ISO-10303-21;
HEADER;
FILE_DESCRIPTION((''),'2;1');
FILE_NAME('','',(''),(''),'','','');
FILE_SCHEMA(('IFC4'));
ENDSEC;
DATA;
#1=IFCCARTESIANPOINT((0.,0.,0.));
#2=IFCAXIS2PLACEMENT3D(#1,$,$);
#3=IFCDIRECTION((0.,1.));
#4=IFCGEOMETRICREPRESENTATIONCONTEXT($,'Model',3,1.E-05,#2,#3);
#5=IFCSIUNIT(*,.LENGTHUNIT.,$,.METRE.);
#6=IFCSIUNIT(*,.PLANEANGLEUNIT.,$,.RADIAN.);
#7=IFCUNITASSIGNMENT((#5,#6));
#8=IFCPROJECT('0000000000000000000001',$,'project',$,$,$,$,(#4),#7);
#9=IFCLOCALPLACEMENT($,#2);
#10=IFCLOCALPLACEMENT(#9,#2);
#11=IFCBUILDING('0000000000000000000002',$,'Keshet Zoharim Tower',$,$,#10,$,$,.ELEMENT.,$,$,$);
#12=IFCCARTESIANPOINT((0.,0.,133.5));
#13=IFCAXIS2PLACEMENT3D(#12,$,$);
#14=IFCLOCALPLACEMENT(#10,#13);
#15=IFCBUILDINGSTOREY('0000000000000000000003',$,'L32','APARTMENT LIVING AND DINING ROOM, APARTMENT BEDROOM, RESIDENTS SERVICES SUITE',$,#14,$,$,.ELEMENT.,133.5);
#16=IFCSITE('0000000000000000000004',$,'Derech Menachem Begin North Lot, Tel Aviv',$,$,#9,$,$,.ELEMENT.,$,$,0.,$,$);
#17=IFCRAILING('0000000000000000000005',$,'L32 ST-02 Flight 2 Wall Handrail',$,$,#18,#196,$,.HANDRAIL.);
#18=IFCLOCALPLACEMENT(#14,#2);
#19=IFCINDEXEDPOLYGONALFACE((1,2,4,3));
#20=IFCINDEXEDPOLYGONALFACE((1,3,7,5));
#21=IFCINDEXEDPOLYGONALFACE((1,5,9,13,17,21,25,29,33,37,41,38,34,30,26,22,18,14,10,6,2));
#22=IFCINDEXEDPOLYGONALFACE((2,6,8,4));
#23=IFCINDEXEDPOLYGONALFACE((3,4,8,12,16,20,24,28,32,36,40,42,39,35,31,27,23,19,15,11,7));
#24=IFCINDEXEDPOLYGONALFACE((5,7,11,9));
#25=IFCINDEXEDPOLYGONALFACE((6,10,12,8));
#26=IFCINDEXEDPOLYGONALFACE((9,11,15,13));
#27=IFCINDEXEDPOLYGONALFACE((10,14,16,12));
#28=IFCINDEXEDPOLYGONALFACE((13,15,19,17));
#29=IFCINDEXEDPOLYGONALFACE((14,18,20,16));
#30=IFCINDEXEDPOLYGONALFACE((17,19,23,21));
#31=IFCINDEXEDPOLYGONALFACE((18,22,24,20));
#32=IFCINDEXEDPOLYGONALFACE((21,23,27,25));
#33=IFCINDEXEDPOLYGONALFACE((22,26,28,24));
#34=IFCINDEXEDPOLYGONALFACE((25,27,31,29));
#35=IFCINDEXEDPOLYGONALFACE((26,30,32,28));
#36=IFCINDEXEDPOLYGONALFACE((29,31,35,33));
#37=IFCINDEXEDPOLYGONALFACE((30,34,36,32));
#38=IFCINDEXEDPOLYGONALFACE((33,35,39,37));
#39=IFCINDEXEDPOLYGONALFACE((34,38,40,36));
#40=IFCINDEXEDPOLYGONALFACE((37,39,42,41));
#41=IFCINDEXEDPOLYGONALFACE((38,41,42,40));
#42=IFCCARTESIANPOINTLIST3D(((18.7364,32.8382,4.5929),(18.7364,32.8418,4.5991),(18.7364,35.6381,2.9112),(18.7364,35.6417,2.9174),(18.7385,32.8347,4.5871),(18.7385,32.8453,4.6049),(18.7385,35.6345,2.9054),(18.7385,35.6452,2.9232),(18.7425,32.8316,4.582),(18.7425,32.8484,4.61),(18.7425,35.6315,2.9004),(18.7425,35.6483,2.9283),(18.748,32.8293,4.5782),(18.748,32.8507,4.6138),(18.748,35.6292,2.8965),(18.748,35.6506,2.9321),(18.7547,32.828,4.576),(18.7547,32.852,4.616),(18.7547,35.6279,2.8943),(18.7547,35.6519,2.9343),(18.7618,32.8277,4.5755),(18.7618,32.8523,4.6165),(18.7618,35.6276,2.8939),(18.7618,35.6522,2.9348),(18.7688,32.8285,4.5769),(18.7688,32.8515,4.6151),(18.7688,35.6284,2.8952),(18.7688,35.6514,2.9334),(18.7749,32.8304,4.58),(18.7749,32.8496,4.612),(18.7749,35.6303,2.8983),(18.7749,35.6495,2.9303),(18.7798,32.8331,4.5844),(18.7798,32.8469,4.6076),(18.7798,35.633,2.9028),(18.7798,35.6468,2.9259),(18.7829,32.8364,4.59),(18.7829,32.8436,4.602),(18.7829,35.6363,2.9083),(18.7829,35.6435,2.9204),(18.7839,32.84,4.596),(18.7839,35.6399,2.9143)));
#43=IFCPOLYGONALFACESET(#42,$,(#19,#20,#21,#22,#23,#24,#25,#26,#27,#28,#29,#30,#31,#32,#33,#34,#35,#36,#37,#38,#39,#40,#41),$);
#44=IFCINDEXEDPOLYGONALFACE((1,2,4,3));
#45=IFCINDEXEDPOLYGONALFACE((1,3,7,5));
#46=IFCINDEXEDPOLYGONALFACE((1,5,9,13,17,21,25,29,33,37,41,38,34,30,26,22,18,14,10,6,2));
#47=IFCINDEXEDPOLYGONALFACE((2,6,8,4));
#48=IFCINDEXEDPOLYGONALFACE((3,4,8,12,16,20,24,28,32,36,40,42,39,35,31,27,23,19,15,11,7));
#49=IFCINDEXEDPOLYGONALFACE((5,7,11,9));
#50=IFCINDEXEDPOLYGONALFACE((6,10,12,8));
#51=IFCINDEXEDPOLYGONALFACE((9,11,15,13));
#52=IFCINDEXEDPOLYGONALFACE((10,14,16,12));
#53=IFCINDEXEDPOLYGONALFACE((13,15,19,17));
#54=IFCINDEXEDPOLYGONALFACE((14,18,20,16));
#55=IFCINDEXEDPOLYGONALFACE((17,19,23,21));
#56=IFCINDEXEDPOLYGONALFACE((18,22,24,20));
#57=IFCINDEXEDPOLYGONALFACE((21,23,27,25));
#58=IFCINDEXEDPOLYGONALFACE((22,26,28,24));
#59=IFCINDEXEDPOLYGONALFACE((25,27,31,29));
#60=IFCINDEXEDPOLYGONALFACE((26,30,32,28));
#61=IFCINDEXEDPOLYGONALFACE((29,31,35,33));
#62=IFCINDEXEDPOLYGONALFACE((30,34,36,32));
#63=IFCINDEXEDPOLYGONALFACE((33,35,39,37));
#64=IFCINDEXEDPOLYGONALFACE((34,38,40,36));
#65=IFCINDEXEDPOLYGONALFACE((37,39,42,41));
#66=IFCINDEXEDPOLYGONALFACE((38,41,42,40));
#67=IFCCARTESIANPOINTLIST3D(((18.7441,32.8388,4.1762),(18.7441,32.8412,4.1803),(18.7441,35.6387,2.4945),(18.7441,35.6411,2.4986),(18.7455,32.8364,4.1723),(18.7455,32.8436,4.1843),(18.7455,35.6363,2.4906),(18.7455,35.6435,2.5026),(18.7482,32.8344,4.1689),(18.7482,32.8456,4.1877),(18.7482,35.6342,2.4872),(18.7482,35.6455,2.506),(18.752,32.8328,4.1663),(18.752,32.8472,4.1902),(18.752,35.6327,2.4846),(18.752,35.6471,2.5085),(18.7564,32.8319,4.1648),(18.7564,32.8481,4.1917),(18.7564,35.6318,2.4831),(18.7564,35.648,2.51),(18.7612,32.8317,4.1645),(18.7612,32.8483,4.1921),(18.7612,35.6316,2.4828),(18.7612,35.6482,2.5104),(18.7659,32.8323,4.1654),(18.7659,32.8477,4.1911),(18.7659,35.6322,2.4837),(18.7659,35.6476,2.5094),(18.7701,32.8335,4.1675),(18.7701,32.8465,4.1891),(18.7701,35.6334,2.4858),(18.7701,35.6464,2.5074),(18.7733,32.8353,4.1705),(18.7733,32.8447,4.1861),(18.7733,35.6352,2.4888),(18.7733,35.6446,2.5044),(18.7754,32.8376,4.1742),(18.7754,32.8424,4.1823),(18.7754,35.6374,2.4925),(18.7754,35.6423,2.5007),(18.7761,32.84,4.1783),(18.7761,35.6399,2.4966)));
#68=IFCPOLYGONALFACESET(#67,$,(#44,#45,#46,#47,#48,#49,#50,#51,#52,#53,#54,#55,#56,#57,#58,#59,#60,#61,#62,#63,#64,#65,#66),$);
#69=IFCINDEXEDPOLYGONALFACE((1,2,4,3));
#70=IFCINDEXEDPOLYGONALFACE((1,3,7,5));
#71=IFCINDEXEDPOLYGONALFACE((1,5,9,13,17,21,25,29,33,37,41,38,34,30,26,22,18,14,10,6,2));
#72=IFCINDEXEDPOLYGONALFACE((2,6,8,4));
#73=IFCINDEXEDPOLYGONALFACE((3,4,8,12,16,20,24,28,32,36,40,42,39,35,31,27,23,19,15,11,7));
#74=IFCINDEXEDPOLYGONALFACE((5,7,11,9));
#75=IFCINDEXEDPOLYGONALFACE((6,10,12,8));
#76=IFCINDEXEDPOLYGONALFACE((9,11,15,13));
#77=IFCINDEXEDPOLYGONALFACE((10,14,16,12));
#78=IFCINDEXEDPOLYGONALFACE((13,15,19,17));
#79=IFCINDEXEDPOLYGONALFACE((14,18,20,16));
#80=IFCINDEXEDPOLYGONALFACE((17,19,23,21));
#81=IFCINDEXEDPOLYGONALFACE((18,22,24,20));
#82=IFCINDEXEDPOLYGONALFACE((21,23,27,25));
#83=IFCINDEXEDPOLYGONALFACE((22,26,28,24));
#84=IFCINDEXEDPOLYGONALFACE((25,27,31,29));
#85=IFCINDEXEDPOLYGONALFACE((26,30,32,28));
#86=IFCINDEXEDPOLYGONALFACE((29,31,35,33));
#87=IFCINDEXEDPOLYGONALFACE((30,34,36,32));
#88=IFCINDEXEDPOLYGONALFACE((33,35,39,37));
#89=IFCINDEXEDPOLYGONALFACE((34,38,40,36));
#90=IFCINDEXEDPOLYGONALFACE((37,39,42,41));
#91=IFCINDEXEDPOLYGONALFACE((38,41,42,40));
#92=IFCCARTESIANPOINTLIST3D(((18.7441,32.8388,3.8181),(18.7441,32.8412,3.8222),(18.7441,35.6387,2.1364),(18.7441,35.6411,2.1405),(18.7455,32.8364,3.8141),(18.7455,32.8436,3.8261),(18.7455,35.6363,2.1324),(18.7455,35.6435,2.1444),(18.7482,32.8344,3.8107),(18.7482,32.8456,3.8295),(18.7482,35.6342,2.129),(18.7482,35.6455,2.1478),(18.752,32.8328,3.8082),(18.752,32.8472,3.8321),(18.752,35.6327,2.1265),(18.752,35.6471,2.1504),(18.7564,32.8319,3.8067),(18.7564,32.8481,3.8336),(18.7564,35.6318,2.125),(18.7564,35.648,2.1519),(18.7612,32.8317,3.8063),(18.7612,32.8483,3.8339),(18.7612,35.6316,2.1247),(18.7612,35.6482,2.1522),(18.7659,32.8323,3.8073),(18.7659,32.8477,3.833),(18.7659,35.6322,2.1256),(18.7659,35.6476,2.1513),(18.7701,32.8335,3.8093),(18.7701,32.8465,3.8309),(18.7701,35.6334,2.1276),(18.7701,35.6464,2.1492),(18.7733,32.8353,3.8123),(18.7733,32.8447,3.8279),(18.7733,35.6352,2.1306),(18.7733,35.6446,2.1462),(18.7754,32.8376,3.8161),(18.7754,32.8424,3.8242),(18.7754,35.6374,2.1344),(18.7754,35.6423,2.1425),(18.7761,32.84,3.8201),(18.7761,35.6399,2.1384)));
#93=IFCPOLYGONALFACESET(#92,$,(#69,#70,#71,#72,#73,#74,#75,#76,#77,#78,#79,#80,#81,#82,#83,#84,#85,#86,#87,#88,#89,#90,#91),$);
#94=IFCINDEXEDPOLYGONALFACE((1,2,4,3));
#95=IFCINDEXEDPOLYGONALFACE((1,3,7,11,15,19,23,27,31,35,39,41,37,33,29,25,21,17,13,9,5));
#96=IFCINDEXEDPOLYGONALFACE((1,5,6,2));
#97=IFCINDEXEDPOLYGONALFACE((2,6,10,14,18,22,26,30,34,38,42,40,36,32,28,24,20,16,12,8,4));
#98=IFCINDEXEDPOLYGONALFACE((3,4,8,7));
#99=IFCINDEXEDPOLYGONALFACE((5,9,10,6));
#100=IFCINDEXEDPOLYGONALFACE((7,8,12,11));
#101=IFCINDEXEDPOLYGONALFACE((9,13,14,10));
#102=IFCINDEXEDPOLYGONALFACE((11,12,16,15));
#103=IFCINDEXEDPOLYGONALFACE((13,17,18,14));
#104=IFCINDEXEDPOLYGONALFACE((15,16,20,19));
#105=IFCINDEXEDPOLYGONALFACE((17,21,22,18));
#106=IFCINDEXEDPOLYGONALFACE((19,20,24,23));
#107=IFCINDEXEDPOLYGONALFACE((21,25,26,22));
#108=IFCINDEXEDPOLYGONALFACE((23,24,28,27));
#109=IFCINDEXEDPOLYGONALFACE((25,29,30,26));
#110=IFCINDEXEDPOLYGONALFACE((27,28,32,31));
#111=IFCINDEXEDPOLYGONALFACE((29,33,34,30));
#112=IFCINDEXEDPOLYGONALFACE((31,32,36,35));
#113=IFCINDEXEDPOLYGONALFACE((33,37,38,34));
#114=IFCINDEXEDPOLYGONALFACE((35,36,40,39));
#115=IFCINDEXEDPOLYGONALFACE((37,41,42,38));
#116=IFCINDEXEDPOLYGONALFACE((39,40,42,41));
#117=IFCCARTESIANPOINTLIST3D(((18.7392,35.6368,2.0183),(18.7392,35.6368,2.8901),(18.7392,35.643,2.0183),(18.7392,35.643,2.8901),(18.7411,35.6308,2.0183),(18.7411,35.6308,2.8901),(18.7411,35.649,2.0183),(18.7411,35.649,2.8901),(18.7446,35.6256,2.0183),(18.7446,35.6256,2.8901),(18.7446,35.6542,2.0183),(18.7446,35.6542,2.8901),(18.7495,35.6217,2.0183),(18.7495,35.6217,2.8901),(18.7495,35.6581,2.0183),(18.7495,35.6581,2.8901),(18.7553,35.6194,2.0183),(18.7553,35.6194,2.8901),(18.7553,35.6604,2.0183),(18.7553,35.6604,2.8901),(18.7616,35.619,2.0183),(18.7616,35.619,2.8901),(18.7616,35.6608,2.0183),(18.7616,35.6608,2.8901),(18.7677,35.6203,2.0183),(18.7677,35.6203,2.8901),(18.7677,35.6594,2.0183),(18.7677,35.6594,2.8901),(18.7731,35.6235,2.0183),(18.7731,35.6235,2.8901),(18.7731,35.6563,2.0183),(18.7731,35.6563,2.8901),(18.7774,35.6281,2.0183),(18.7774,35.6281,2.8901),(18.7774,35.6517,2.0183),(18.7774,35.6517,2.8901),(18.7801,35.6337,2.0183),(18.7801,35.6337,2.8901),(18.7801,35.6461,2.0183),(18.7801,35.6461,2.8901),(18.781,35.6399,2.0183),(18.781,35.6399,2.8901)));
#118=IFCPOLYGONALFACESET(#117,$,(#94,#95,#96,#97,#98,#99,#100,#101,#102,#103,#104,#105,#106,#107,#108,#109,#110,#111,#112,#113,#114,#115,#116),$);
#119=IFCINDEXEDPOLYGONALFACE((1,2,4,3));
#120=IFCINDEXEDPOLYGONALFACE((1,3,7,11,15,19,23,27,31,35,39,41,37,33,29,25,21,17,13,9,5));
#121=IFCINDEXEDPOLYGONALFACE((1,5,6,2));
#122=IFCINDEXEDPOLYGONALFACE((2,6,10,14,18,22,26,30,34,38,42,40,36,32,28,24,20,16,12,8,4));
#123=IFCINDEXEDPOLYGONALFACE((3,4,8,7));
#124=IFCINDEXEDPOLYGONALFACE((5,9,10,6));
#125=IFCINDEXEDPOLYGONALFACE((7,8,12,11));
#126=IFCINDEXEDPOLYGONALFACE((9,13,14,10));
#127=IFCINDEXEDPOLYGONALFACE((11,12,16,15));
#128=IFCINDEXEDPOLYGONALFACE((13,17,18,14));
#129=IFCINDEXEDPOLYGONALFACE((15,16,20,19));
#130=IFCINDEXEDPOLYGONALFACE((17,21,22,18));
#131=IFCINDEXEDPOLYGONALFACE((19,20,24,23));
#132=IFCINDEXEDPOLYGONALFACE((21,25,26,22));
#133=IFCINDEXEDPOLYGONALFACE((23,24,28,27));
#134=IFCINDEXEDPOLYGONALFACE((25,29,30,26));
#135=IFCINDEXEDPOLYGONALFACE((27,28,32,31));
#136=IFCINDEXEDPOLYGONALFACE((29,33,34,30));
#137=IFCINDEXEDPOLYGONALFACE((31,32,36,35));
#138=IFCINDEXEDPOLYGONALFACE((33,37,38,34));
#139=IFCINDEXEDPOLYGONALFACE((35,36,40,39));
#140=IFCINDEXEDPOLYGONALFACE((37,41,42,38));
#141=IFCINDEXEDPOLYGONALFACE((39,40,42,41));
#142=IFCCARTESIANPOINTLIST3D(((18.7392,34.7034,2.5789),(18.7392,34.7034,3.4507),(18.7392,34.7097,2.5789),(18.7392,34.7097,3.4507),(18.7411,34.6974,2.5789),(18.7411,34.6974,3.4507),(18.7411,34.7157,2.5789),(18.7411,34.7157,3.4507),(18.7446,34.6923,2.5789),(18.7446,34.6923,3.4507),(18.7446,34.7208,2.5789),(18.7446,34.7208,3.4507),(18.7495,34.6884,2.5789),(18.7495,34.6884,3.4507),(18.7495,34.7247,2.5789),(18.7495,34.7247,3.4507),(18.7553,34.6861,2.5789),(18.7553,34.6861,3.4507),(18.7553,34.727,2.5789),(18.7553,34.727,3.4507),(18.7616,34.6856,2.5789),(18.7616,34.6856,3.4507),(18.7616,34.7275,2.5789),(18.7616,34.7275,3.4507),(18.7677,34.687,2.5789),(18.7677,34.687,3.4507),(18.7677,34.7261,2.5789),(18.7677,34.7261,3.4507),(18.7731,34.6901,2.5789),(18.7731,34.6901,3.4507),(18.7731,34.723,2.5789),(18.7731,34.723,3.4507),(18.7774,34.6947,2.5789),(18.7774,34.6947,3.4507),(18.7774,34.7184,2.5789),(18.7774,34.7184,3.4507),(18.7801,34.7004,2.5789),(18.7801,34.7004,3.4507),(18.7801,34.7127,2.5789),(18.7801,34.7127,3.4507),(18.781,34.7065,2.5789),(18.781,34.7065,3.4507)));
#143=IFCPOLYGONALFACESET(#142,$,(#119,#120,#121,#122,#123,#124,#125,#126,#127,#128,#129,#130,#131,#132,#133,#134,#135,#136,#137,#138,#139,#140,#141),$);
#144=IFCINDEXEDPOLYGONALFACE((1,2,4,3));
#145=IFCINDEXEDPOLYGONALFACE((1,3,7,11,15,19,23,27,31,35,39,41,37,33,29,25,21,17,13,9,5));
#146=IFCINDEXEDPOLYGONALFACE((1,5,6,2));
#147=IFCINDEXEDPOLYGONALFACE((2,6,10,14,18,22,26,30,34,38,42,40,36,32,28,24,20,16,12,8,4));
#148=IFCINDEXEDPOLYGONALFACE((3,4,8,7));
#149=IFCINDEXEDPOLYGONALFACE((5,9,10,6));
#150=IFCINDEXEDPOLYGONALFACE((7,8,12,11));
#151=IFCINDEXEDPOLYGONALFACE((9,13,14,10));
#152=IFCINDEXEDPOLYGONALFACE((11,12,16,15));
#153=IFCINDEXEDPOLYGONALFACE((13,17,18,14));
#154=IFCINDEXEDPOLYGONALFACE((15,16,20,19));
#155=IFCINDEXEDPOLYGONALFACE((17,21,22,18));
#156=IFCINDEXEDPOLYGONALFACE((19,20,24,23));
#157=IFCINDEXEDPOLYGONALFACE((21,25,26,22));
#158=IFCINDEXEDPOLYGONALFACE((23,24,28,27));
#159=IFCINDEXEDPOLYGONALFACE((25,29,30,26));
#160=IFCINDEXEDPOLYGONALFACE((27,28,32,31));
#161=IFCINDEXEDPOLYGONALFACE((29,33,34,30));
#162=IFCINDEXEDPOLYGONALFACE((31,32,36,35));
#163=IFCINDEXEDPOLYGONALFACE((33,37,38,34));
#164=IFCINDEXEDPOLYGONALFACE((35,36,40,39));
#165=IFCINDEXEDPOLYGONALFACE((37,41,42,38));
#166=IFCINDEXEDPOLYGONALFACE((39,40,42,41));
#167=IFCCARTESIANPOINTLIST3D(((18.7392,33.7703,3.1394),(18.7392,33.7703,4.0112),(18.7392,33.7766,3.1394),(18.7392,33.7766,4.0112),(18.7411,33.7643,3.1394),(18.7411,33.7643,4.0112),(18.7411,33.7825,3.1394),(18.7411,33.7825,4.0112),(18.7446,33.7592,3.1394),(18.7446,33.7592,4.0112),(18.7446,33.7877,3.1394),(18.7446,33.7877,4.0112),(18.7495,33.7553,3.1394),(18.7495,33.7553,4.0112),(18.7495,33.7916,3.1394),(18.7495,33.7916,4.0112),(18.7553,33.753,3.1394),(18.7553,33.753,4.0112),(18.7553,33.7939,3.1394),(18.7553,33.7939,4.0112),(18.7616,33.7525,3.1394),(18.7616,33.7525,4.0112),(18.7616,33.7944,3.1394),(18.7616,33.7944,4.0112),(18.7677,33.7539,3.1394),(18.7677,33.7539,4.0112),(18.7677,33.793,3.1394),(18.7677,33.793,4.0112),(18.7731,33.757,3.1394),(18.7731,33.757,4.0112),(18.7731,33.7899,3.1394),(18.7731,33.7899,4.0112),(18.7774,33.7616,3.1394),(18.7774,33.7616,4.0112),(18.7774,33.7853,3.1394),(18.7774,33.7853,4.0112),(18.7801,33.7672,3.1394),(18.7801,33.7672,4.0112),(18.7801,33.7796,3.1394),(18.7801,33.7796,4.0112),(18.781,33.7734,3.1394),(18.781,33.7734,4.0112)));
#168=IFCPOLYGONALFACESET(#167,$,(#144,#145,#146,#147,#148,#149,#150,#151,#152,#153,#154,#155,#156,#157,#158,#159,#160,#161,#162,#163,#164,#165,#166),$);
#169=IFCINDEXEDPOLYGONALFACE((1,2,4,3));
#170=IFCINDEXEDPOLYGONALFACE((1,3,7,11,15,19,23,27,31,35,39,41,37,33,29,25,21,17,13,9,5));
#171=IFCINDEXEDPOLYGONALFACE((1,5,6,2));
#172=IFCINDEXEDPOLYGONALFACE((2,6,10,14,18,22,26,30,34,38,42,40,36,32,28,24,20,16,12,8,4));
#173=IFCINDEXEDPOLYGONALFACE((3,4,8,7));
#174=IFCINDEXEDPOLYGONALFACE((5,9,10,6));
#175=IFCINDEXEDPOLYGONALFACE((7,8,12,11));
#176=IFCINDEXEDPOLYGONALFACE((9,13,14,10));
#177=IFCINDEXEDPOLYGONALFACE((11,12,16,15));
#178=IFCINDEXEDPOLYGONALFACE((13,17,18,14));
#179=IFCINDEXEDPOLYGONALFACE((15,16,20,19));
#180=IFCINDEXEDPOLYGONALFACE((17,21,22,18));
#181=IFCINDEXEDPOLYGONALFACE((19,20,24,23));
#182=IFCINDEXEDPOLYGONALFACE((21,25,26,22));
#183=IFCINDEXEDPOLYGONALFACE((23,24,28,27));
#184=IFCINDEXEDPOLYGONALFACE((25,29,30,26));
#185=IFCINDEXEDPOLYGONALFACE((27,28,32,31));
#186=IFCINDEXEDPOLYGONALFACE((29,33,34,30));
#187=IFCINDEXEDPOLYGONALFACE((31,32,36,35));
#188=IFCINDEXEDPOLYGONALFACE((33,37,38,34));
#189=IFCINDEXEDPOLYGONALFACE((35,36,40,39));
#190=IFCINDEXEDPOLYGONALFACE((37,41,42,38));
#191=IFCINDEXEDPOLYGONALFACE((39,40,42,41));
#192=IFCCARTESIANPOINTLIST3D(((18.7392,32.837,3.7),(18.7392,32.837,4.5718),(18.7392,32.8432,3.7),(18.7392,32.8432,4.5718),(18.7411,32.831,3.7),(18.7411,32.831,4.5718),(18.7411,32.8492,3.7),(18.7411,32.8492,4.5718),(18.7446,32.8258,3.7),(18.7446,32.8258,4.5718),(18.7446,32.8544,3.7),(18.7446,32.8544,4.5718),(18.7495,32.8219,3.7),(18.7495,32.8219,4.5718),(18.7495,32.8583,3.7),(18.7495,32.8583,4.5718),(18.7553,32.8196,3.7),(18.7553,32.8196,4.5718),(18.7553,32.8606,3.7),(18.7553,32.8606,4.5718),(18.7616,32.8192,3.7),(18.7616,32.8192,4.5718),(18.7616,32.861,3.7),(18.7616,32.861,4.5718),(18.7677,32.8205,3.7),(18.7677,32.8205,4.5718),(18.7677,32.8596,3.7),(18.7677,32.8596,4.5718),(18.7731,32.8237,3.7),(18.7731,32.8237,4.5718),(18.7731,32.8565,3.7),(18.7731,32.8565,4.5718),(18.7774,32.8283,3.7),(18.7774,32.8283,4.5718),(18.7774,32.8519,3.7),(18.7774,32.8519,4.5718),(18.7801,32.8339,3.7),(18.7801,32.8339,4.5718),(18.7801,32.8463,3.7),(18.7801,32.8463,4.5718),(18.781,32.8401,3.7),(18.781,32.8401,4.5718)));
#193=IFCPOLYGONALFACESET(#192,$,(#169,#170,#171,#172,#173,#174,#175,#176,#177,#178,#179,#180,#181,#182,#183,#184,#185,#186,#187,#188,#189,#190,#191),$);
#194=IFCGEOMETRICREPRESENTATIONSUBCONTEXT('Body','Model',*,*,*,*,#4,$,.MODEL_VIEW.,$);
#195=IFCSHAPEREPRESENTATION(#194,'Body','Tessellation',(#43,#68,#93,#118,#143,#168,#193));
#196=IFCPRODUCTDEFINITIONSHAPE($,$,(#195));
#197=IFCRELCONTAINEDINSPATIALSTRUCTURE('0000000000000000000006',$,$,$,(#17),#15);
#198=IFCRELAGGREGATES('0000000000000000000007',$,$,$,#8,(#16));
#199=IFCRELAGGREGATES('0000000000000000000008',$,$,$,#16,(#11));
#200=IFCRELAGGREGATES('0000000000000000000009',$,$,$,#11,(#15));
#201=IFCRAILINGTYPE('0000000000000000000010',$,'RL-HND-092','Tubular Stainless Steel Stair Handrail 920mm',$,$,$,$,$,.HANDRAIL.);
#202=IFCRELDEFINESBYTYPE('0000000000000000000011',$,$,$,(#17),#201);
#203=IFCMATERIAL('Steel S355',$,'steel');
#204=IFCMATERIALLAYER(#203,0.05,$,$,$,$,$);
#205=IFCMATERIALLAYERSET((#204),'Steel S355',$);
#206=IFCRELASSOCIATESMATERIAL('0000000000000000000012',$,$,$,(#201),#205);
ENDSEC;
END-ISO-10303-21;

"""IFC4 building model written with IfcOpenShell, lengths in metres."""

from ifc_helpers import new_model, si_unit, direction, frame, origin, origin_2d, place, context, subcontext, project, spatial, circle, extrude, material, layer, layer_set, type_object, element, save


model = new_model("IFC4")

# Units and contexts
model_context = context("Model", 3, precision=1e-05, world=origin(), true_north=direction((0.0, 1.0)))
body_context = subcontext(model_context, "Body", "Model", "MODEL_VIEW")
ifc_project = project(units=[si_unit("LENGTHUNIT", "METRE"), si_unit("PLANEANGLEUNIT", "RADIAN")], contexts=[model_context])

# Site, building, storey
site_placement = place(None, origin())
site = spatial("IfcSite", under=ifc_project, at=site_placement, Name="Derech Menachem Begin North Lot, Tel Aviv", CompositionType="ELEMENT", RefElevation=0.0)
building_placement = place(site_placement, origin())
building = spatial("IfcBuilding", under=site, at=building_placement, Name="Keshet Zoharim Tower", CompositionType="ELEMENT")
storey_placement = place(building_placement, frame((0.0, 0.0, 133.5)))
storey = spatial("IfcBuildingStorey", under=building, at=storey_placement, Name="L32", Description="APARTMENT LIVING AND DINING ROOM, APARTMENT BEDROOM, RESIDENTS SERVICES SUITE", CompositionType="ELEMENT", Elevation=133.5)

# Shared definitions
ifc_material_1 = material(Name="Steel S355", Category="steel")

# Railing
ifc_layer_1 = layer(ifc_material_1, 0.05)
ifc_layer_set_1 = layer_set([ifc_layer_1], Name="Steel S355")
railing_type = type_object("IfcRailingType", Name="RL-HND-092", Description="Tubular Stainless Steel Stair Handrail 920mm", PredefinedType="HANDRAIL", material=ifc_layer_set_1)
railing_placement = place(storey_placement, frame((18.76, 35.6399, 2.0183)))
element("IfcRailing", 1, at=railing_placement, inside=storey, type_object=railing_type, Name="L32 ST-02 Flight 2 Wall Handrail", PredefinedType="HANDRAIL", context=body_context, shape_type="SweptSolid", body=[
    extrude(circle(Radius=0.0239, at=origin_2d()), frame((0.0, 0.0, 0.896), z_axis=(0.0, -0.857255, 0.514891), x_axis=(1.0, 0.0, 0.0)), (0.0, 0.0, 1.0), 3.2661),
    extrude(circle(Radius=0.0161, at=origin_2d()), frame((0.0, 0.0, 0.4783), z_axis=(0.0, -0.857255, 0.514891), x_axis=(1.0, 0.0, 0.0)), (0.0, 0.0, 1.0), 3.2661),
    extrude(circle(Radius=0.0161, at=origin_2d()), frame((0.0, 0.0, 0.1201), z_axis=(0.0, -0.857255, 0.514891), x_axis=(1.0, 0.0, 0.0)), (0.0, 0.0, 1.0), 3.2661),
    extrude(circle(Radius=0.021, at=origin_2d()), origin(), (0.0, 0.0, 1.0), 0.8718),
    extrude(circle(Radius=0.021, at=origin_2d()), frame((0.0, -0.9333, 0.5605)), (0.0, 0.0, 1.0), 0.8718),
    extrude(circle(Radius=0.021, at=origin_2d()), frame((0.0, -1.8665, 1.1211)), (0.0, 0.0, 1.0), 0.8718),
    extrude(circle(Radius=0.021, at=origin_2d()), frame((0.0, -2.7998, 1.6816)), (0.0, 0.0, 1.0), 0.8718),
])

save(model, "model.ifc")
